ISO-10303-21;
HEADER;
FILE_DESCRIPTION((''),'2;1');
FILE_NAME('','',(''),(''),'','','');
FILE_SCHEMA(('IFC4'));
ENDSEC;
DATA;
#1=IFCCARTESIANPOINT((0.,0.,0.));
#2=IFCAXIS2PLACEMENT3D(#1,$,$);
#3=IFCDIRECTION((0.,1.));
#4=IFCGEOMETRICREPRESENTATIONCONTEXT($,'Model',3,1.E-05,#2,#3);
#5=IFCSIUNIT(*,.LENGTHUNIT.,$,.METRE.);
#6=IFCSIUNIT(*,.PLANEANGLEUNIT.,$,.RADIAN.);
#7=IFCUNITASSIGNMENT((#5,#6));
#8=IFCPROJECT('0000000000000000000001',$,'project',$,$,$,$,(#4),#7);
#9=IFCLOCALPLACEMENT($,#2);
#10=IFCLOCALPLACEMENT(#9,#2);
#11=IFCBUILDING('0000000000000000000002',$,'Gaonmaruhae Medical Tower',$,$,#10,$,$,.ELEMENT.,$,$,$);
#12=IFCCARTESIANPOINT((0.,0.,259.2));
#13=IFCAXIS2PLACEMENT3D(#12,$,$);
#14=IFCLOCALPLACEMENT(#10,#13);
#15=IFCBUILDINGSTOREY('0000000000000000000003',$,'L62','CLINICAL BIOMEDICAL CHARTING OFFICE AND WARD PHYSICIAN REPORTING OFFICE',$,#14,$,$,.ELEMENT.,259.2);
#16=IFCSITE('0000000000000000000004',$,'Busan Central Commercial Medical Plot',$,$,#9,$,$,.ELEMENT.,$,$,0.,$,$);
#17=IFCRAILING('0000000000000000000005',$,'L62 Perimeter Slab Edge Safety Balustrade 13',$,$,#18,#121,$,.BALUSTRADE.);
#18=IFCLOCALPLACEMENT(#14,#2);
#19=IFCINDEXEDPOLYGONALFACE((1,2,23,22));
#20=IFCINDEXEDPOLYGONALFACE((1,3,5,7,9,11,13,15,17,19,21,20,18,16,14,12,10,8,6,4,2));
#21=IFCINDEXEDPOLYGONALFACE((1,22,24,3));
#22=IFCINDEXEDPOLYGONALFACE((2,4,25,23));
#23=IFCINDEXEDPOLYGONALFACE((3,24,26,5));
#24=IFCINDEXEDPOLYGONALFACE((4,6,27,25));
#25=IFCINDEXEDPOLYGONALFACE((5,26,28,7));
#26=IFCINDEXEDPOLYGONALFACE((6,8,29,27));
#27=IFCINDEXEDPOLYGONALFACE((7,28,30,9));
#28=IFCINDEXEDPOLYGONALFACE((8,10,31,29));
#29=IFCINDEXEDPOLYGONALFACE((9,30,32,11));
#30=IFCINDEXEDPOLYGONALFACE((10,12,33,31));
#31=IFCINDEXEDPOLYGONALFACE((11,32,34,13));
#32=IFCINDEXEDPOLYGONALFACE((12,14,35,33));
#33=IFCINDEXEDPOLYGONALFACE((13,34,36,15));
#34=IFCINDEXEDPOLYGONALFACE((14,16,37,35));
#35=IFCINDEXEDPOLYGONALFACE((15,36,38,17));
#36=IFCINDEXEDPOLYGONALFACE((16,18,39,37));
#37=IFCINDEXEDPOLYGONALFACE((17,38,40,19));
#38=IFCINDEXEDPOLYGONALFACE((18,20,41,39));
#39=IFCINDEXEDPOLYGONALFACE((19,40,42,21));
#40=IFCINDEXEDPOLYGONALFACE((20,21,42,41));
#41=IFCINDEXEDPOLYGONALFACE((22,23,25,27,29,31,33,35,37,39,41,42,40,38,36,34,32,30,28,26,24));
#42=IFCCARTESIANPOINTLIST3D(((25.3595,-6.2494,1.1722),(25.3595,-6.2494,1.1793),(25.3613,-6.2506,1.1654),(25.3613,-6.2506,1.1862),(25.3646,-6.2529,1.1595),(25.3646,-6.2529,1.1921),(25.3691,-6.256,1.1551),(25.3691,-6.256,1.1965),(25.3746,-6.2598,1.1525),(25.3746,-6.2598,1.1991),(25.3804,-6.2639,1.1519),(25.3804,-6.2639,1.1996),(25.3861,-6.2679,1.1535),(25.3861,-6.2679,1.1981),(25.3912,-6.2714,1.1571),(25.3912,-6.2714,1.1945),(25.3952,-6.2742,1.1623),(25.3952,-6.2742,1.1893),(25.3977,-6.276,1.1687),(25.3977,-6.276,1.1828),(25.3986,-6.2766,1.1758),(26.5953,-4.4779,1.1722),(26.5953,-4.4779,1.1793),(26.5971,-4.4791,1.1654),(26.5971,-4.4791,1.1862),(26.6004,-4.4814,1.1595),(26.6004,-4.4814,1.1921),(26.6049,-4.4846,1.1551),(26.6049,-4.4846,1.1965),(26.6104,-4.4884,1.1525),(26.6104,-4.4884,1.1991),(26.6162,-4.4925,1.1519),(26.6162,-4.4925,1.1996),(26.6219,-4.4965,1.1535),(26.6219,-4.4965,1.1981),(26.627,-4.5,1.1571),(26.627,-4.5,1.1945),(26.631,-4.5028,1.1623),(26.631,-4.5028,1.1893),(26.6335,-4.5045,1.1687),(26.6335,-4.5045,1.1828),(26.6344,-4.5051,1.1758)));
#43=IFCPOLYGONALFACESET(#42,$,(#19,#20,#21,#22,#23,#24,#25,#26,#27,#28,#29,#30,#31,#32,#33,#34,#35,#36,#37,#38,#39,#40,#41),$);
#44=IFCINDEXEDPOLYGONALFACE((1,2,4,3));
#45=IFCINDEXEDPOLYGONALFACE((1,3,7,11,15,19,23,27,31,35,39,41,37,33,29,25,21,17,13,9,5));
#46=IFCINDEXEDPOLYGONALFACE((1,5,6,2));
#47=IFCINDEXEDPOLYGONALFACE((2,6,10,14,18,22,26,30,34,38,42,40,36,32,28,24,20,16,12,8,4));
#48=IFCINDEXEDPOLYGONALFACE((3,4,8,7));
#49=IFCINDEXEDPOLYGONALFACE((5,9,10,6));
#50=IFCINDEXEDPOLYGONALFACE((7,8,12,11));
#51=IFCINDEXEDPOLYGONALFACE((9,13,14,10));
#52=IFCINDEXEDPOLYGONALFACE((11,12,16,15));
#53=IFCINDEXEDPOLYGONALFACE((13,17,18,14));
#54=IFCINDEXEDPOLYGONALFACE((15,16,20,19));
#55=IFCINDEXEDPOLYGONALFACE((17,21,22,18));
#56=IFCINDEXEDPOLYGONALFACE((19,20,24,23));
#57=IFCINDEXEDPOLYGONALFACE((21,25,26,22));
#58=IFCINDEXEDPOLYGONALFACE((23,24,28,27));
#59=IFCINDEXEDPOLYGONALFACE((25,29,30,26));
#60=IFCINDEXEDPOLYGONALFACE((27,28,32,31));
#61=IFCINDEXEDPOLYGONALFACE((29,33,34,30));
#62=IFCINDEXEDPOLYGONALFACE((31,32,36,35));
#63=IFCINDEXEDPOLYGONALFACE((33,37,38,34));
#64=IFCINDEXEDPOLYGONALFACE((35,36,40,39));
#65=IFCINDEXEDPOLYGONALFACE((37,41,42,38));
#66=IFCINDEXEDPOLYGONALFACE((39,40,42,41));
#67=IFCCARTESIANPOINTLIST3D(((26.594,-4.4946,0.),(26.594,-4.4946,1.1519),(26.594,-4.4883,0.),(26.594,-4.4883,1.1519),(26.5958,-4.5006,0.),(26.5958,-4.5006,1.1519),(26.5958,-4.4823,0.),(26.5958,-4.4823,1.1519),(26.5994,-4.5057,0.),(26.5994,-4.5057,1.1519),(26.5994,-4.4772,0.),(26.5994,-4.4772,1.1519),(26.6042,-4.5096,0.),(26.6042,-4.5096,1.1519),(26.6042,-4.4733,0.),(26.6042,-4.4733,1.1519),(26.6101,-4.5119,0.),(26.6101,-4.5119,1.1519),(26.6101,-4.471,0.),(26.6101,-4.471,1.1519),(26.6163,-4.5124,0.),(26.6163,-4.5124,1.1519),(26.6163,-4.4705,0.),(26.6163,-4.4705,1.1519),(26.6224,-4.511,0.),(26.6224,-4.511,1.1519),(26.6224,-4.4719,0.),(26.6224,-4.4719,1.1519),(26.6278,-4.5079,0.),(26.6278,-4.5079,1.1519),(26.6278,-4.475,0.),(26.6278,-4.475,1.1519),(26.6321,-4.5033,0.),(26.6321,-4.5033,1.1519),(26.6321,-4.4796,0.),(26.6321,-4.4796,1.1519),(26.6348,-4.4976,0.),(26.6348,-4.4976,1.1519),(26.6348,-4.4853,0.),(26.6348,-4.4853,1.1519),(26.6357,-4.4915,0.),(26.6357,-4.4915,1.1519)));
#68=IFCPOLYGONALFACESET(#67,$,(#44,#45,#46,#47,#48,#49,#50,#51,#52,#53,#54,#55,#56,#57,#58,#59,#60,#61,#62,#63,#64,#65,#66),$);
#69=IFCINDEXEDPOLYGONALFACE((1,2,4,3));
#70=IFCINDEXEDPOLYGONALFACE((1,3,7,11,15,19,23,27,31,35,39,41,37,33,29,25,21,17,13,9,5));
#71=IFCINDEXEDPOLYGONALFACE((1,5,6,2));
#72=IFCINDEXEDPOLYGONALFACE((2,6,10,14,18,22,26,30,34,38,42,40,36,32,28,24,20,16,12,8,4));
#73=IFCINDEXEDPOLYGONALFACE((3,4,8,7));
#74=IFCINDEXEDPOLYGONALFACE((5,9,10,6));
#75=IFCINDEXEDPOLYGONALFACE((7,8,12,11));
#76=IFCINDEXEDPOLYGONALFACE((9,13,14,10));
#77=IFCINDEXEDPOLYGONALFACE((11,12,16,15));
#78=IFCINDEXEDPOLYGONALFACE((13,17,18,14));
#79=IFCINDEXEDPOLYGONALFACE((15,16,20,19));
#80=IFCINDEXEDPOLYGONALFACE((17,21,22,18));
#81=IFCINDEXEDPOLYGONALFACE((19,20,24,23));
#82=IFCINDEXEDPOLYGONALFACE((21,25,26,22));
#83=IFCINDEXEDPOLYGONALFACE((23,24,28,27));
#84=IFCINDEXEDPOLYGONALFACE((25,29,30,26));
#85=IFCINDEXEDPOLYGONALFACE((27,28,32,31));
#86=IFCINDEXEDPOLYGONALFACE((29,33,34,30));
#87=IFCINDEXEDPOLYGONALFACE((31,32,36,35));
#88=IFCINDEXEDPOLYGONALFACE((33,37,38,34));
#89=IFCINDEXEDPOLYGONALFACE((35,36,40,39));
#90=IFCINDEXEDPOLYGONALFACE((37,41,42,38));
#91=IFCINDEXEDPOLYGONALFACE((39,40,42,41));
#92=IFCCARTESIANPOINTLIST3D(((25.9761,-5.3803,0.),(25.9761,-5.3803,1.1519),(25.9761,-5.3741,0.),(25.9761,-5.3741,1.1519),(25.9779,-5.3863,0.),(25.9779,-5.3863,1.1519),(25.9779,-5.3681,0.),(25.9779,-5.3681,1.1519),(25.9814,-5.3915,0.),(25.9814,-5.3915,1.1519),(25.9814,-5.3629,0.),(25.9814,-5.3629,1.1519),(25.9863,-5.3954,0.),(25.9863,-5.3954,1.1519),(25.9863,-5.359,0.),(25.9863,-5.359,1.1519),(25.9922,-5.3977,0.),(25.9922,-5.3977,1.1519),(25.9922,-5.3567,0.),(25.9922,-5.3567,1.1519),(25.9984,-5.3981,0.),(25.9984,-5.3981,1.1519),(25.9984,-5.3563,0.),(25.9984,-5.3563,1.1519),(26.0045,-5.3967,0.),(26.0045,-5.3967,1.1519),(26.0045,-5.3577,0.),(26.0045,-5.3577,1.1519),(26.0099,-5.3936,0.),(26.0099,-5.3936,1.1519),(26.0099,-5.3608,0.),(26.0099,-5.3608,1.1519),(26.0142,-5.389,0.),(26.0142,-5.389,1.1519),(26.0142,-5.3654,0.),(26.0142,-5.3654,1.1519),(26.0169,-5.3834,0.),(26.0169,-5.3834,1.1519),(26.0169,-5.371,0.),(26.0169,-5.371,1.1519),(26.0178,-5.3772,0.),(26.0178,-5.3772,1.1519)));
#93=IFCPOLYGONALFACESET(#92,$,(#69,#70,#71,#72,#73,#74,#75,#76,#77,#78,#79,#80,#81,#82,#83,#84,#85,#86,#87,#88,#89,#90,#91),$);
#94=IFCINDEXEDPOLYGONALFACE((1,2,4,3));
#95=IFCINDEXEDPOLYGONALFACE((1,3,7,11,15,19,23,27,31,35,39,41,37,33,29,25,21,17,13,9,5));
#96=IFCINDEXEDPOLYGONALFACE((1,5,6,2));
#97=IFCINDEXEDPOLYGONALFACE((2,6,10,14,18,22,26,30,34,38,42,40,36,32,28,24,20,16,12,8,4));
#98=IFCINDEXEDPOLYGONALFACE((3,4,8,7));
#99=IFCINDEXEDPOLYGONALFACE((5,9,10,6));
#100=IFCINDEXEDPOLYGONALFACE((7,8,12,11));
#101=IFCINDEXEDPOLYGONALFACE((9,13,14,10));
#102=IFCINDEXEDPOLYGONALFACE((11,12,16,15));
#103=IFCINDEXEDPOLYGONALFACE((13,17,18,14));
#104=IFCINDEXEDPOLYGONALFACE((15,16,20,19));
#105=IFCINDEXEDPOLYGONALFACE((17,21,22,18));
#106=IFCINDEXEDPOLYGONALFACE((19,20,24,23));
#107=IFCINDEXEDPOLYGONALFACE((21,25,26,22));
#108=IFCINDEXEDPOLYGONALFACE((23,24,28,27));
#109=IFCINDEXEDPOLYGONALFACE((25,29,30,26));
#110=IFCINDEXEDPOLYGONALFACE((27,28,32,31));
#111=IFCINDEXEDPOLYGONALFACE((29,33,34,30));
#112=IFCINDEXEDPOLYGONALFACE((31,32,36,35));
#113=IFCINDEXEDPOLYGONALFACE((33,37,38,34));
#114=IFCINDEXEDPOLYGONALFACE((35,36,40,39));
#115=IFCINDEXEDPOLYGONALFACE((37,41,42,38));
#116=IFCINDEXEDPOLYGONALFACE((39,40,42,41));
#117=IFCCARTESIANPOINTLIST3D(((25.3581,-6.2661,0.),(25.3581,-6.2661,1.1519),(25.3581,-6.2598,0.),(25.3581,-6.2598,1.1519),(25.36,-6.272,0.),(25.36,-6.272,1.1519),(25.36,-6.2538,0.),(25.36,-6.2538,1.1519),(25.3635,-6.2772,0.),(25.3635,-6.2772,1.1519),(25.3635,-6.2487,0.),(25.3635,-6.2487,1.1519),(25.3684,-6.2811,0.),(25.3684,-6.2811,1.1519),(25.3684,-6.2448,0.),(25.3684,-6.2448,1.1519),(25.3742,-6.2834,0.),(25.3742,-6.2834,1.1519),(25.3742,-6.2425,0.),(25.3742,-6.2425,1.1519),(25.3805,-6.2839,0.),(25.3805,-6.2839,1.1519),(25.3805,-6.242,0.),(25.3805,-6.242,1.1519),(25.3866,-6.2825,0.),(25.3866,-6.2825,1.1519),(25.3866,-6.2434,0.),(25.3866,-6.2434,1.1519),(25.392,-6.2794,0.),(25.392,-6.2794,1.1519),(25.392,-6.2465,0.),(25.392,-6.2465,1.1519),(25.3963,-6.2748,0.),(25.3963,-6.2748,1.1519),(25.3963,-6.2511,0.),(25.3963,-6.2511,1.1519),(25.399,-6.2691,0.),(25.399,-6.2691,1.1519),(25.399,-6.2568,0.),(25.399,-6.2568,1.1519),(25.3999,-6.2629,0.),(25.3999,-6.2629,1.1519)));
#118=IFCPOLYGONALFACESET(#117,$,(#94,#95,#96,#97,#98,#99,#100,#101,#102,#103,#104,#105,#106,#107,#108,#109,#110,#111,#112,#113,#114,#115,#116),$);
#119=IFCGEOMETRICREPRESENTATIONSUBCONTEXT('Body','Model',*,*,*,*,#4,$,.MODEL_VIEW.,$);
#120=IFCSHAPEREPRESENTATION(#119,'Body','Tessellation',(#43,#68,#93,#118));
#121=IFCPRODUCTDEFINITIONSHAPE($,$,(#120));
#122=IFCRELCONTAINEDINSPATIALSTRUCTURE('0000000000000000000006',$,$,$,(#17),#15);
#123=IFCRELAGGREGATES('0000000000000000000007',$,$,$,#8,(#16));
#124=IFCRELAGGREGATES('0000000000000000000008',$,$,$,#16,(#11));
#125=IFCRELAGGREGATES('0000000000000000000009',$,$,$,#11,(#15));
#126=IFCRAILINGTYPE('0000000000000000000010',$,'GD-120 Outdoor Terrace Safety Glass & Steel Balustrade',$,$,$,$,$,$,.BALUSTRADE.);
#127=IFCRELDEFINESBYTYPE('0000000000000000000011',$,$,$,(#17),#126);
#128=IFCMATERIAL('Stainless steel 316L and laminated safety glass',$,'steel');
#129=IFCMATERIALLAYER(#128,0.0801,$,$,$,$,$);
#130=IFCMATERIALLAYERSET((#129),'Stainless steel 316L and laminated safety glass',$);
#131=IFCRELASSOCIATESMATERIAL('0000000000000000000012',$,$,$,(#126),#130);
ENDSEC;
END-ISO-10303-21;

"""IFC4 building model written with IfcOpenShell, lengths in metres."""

from ifc_helpers import new_model, si_unit, direction, frame, origin, origin_2d, place, context, subcontext, project, spatial, circle, extrude, material, layer, layer_set, type_object, element, save


model = new_model("IFC4")

# Units and contexts
model_context = context("Model", 3, precision=1e-05, world=origin(), true_north=direction((0.0, 1.0)))
body_context = subcontext(model_context, "Body", "Model", "MODEL_VIEW")
ifc_project = project(units=[si_unit("LENGTHUNIT", "METRE"), si_unit("PLANEANGLEUNIT", "RADIAN")], contexts=[model_context])

# Site, building, storey
site_placement = place(None, origin())
site = spatial("IfcSite", under=ifc_project, at=site_placement, Name="Busan Central Commercial Medical Plot", CompositionType="ELEMENT", RefElevation=0.0)
building_placement = place(site_placement, origin())
building = spatial("IfcBuilding", under=site, at=building_placement, Name="Gaonmaruhae Medical Tower", CompositionType="ELEMENT")
storey_placement = place(building_placement, frame((0.0, 0.0, 259.2)))
storey = spatial("IfcBuildingStorey", under=building, at=storey_placement, Name="L62", Description="CLINICAL BIOMEDICAL CHARTING OFFICE AND WARD PHYSICIAN REPORTING OFFICE", CompositionType="ELEMENT", Elevation=259.2)

# Railing
ifc_material_1 = material(Name="Stainless steel 316L and laminated safety glass", Category="steel")
ifc_layer_1 = layer(ifc_material_1, 0.0801)
ifc_layer_set_1 = layer_set([ifc_layer_1], Name="Stainless steel 316L and laminated safety glass")
railing_type = type_object("IfcRailingType", Name="GD-120 Outdoor Terrace Safety Glass & Steel Balustrade", PredefinedType="BALUSTRADE", material=ifc_layer_set_1)
railing_1_placement = place(storey_placement, frame((26.6147, -4.4915, 0.0)))
element("IfcRailing", 1, at=railing_1_placement, inside=storey, type_object=railing_type, Name="L62 Perimeter Slab Edge Safety Balustrade 13", PredefinedType="BALUSTRADE", context=body_context, shape_type="SweptSolid", body=[
    extrude(circle(Radius=0.0239, at=origin_2d()), frame((0.0, 0.0, 1.1758), z_axis=(-0.572157, -0.820144, 0.0), x_axis=(0.820144, -0.572157, 0.0)), (0.0, 0.0, 1.0), 2.1599),
    extrude(circle(Radius=0.021, at=origin_2d()), origin(), (0.0, 0.0, 1.0), 1.1519),
    extrude(circle(Radius=0.021, at=origin_2d()), frame((-0.6179, -0.8857, 0.0)), (0.0, 0.0, 1.0), 1.1519),
    extrude(circle(Radius=0.021, at=origin_2d()), frame((-1.2358, -1.7715, 0.0)), (0.0, 0.0, 1.0), 1.1519),
])

save(model, "model.ifc")
